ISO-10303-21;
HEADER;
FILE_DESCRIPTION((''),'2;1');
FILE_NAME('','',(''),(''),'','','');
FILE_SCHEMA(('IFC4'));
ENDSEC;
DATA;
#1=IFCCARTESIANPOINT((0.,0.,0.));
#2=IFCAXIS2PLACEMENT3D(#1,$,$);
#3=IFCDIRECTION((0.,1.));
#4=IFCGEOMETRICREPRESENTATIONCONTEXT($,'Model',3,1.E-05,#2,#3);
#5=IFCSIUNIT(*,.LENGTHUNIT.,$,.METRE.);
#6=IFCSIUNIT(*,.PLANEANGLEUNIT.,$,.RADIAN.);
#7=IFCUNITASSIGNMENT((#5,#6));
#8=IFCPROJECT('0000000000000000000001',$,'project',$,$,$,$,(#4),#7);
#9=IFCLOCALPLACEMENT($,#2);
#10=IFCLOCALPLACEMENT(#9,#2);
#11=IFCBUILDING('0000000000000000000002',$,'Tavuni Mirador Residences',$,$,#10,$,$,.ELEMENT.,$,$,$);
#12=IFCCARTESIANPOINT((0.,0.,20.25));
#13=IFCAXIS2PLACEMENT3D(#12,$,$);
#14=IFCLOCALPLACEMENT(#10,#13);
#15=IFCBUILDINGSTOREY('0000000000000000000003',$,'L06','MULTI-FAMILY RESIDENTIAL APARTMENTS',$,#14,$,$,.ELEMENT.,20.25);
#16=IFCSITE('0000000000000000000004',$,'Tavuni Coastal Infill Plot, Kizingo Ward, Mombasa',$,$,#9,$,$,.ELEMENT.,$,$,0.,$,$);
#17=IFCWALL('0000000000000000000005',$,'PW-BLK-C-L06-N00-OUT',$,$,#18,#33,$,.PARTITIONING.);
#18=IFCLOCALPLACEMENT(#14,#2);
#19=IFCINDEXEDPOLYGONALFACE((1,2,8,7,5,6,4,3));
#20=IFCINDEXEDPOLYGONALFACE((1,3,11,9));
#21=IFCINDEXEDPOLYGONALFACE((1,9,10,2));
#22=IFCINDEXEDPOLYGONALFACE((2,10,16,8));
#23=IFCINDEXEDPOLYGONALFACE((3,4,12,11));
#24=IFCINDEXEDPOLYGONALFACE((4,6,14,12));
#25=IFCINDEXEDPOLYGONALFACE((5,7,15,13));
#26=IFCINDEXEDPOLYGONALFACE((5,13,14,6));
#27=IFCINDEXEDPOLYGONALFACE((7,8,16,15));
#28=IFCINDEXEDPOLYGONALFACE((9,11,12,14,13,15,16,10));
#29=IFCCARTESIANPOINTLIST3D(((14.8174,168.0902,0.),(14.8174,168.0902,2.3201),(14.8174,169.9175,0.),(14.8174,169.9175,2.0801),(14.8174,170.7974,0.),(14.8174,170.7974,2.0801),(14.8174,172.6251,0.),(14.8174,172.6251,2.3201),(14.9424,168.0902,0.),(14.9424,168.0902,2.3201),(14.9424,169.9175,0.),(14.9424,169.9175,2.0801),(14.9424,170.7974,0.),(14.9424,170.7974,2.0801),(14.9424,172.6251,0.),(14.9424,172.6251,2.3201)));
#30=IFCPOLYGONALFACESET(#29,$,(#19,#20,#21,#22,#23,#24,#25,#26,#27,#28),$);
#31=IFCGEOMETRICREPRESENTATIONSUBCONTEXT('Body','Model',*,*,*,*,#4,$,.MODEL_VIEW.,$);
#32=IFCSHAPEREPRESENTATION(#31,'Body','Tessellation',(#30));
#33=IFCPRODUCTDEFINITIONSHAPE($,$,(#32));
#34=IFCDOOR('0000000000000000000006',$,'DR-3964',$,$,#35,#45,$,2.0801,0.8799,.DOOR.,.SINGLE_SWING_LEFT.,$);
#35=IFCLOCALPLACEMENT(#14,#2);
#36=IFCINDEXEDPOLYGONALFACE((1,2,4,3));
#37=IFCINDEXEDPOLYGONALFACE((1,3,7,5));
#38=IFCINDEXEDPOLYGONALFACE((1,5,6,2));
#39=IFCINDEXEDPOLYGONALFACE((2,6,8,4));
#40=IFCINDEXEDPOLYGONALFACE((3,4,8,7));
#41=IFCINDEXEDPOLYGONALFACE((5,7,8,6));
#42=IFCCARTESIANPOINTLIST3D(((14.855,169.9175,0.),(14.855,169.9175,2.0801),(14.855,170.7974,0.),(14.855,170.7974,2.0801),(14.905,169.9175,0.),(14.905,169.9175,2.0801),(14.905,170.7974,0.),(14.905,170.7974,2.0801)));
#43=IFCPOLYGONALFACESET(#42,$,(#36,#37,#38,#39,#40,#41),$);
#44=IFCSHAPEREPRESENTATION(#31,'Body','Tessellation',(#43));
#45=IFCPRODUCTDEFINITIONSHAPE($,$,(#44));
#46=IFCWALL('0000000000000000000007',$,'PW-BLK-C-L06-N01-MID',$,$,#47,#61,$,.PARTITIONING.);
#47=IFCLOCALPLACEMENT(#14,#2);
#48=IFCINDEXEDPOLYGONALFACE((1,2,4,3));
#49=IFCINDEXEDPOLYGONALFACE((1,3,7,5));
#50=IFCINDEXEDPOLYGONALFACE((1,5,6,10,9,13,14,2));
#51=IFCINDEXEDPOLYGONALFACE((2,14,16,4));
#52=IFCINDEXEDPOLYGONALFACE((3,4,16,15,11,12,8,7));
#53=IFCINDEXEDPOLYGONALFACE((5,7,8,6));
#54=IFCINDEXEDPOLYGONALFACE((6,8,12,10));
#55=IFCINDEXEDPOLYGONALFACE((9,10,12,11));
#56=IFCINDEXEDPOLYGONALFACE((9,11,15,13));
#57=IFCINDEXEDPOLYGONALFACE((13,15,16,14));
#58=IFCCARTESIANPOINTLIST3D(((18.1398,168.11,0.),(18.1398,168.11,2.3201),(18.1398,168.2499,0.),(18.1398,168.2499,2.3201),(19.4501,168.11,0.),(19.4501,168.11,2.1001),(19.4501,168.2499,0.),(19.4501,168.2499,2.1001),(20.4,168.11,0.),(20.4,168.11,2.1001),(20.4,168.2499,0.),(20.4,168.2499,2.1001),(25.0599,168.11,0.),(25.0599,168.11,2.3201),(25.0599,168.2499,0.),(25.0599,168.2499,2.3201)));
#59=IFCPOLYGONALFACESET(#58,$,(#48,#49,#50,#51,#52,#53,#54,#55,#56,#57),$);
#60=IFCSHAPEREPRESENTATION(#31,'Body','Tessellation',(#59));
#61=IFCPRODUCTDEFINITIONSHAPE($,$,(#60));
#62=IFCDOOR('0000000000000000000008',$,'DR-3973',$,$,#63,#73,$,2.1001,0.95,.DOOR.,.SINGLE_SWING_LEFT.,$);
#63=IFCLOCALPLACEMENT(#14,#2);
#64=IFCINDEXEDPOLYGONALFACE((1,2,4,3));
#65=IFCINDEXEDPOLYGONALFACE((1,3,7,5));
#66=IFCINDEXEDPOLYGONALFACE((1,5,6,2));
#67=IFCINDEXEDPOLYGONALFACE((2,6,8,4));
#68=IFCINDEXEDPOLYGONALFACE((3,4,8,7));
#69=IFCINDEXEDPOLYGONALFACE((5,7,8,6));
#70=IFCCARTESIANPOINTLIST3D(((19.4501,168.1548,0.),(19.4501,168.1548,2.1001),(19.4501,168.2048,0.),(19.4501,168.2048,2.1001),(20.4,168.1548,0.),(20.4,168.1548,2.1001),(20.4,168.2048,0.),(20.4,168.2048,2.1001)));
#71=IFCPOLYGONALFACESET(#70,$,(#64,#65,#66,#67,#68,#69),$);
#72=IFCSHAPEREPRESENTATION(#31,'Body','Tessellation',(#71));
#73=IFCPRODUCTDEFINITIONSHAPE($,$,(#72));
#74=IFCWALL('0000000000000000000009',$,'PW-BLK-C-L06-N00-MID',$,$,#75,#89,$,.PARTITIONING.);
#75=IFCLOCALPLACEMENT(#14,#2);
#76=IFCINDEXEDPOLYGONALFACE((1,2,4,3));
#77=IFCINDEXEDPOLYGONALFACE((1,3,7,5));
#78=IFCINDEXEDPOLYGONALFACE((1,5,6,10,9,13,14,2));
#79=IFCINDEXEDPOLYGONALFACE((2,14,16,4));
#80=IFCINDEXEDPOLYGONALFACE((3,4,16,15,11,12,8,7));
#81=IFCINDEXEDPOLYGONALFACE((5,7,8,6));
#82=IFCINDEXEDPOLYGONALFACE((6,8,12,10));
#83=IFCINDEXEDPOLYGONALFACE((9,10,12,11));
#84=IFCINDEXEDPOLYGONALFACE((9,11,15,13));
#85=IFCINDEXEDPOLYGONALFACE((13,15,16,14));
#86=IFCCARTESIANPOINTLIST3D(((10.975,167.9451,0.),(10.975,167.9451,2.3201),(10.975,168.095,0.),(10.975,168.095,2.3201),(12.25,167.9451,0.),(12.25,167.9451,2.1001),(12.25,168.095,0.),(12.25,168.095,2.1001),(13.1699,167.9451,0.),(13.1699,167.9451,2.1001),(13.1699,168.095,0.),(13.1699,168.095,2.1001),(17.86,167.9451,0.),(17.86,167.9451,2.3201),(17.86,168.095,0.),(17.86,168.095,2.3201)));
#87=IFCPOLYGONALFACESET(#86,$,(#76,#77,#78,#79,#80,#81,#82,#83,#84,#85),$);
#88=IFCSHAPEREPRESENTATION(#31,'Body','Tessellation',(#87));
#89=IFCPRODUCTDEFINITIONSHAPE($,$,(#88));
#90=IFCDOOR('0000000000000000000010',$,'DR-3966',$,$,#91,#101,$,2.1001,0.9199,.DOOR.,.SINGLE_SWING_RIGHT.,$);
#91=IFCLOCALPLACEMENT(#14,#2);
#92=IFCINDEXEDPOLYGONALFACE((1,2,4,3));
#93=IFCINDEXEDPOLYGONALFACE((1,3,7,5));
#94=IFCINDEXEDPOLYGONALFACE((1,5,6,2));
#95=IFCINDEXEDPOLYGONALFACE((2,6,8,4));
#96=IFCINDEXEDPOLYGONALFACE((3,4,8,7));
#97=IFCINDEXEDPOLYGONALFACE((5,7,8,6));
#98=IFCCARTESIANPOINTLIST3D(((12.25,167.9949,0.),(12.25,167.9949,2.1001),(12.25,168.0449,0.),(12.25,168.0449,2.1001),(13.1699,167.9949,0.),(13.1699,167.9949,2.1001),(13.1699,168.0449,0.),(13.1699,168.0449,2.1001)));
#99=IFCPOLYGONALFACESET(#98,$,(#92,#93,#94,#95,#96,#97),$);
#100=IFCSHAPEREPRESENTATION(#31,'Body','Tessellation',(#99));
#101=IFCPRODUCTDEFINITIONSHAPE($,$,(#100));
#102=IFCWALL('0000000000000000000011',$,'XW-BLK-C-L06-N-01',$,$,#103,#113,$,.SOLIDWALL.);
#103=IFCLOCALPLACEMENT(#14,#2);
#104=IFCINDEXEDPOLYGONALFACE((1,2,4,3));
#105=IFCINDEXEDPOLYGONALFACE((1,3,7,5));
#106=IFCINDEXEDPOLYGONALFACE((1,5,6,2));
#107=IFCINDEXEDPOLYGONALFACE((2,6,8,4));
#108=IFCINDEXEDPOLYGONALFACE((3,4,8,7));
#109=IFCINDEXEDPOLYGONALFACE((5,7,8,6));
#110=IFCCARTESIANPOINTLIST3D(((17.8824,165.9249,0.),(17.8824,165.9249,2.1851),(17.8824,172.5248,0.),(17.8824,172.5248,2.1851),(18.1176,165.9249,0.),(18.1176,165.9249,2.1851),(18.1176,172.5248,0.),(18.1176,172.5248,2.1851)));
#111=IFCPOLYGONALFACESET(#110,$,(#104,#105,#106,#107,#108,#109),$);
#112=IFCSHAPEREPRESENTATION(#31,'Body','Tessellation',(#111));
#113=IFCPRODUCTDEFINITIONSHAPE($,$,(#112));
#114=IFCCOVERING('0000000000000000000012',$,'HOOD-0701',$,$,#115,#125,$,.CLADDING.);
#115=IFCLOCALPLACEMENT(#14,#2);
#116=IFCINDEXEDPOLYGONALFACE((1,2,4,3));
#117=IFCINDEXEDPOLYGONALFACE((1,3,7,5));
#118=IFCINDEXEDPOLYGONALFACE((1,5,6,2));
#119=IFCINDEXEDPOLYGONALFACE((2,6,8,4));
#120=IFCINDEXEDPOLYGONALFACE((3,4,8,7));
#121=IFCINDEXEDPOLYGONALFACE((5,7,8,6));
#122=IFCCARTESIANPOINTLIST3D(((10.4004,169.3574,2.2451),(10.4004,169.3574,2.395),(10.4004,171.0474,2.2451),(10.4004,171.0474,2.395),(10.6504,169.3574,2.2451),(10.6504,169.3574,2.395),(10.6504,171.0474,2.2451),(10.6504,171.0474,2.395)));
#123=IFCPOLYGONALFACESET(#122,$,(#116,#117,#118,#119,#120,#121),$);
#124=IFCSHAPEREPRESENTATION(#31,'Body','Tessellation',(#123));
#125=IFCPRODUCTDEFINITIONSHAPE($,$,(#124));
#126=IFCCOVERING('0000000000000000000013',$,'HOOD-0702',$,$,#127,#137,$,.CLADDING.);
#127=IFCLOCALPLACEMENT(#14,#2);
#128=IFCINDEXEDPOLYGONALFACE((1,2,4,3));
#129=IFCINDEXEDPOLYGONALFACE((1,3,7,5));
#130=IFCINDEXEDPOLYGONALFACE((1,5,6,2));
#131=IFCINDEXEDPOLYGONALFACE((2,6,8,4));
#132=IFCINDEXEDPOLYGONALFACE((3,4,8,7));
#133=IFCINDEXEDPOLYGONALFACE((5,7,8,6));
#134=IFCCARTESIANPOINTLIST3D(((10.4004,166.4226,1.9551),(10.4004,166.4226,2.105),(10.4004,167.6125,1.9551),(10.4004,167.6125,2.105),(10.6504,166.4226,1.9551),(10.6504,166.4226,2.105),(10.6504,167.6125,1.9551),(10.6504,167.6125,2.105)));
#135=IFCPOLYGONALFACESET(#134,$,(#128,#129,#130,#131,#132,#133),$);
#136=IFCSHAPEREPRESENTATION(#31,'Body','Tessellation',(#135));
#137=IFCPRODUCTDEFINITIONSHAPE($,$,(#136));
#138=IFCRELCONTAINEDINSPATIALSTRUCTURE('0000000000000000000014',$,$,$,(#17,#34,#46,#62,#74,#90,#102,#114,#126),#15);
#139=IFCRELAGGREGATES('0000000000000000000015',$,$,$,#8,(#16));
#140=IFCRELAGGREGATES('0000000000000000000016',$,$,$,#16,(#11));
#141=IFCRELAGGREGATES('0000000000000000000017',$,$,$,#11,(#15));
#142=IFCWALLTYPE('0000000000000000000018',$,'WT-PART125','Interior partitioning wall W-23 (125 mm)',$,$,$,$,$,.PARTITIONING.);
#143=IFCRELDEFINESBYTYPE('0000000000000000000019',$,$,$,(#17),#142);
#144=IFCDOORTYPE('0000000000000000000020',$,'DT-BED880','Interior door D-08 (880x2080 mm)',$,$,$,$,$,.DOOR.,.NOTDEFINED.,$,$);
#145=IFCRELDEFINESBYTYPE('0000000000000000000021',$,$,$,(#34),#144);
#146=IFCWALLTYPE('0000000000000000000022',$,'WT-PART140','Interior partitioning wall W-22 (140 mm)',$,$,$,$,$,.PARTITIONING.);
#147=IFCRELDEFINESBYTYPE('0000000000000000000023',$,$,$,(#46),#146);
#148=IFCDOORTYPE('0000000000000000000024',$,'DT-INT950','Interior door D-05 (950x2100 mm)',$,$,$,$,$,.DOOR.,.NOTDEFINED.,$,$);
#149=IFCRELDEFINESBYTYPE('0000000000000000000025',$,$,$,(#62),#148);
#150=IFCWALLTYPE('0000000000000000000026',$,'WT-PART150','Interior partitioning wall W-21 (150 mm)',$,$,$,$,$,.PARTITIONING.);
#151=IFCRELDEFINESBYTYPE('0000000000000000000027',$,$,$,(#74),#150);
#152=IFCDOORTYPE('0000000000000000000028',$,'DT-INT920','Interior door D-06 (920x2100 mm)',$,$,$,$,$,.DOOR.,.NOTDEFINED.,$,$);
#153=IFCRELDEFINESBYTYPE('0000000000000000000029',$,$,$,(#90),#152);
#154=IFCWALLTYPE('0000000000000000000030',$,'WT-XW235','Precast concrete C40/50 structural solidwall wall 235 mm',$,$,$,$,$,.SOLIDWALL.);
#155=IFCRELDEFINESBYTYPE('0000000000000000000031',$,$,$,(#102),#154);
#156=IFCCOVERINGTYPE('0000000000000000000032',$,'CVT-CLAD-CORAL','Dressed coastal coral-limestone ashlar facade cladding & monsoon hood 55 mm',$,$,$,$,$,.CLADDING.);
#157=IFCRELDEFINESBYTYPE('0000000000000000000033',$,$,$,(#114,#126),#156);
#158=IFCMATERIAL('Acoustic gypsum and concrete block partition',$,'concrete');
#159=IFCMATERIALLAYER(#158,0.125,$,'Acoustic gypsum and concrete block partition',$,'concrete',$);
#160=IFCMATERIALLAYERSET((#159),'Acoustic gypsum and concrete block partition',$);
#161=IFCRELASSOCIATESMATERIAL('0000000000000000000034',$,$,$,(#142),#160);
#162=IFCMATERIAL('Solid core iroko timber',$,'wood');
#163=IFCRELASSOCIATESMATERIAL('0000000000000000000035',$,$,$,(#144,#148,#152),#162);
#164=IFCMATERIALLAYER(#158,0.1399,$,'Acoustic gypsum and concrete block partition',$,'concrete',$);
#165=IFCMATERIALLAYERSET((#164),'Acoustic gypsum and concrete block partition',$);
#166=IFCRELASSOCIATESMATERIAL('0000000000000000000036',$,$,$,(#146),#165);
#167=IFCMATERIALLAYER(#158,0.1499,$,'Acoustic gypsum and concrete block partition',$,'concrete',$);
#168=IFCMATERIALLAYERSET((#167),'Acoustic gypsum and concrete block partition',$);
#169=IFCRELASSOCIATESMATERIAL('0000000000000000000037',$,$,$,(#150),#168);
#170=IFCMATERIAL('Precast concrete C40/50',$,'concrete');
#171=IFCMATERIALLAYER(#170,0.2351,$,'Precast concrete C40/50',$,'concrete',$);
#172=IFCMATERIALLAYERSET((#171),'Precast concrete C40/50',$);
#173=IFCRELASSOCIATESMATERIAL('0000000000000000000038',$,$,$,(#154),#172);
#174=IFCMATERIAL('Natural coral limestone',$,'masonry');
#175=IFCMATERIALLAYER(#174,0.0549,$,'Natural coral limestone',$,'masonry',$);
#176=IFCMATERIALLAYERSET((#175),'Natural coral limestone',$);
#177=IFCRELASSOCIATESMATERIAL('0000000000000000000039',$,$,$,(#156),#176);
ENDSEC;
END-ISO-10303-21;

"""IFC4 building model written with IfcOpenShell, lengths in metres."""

from ifc_helpers import new_model, si_unit, direction, frame, frame_2d, origin, origin_2d, place, context, subcontext, project, spatial, rectangle, extrude, material, layer, layer_set, type_object, element, fill, save


model = new_model("IFC4")

# Units and contexts
model_context = context("Model", 3, precision=1e-05, world=origin(), true_north=direction((0.0, 1.0)))
body_context = subcontext(model_context, "Body", "Model", "MODEL_VIEW")
ifc_project = project(units=[si_unit("LENGTHUNIT", "METRE"), si_unit("PLANEANGLEUNIT", "RADIAN")], contexts=[model_context])

# Site, building, storey
site_placement = place(None, origin())
site = spatial("IfcSite", under=ifc_project, at=site_placement, Name="Tavuni Coastal Infill Plot, Kizingo Ward, Mombasa", CompositionType="ELEMENT", RefElevation=0.0)
building_placement = place(site_placement, origin())
building = spatial("IfcBuilding", under=site, at=building_placement, Name="Tavuni Mirador Residences", CompositionType="ELEMENT")
storey_placement = place(building_placement, frame((0.0, 0.0, 20.25)))
storey = spatial("IfcBuildingStorey", under=building, at=storey_placement, Name="L06", Description="MULTI-FAMILY RESIDENTIAL APARTMENTS", CompositionType="ELEMENT", Elevation=20.25)

# Shared definitions
ifc_material_1 = material(Name="Precast concrete C40/50", Category="concrete")

# Shared definitions
ifc_material_2 = material(Name="Solid core iroko timber", Category="wood")

# Walls, openings, doors
ifc_material_3 = material(Name="Acoustic gypsum and concrete block partition", Category="concrete")
ifc_layer_1 = layer(ifc_material_3, 0.125, Name="Acoustic gypsum and concrete block partition", Category="concrete")
ifc_layer_set_1 = layer_set([ifc_layer_1], Name="Acoustic gypsum and concrete block partition")
wall_type_1 = type_object("IfcWallType", Name="WT-PART125", Description="Interior partitioning wall W-23 (125 mm)", PredefinedType="PARTITIONING", material=ifc_layer_set_1)
wall_1_placement = place(storey_placement, frame((14.8799, 168.0901, 0.0), z_axis=(0.0, 0.0, 1.0), x_axis=(0.0, 1.0, 0.0)))
wall_1 = element("IfcWall", 1, at=wall_1_placement, inside=storey, type_object=wall_type_1, Name="PW-BLK-C-L06-N00-OUT", PredefinedType="PARTITIONING", context=body_context, shape_type="SweptSolid", body=[
    extrude(rectangle(XDim=4.5349, YDim=0.125, at=frame_2d((2.2676, 0.0))), origin(), (0.0, 0.0, 1.0), 2.3201),
])
opening_1_placement = place(wall_1_placement, frame((1.8274, 0.0, 0.0)))
opening_1 = element("IfcOpeningElement", 2, at=opening_1_placement, cuts=wall_1, PredefinedType="OPENING", context=body_context, shape_type="SweptSolid", body=[
    extrude(rectangle(XDim=0.8799, YDim=2.0801, at=frame_2d((0.4399, 1.04))), frame((0.0, 0.0725, 0.0), z_axis=(0.0, -1.0, 0.0), x_axis=(1.0, 0.0, 0.0)), (0.0, 0.0, 1.0), 0.145),
])
door_type_1 = type_object("IfcDoorType", Name="DT-BED880", Description="Interior door D-08 (880x2080 mm)", OperationType="NOTDEFINED", PredefinedType="DOOR", material=ifc_material_2)
door_1_placement = place(opening_1_placement, origin())
door_1 = element("IfcDoor", 3, at=door_1_placement, inside=storey, type_object=door_type_1, Name="DR-3964", OperationType="SINGLE_SWING_LEFT", OverallHeight=2.0801, OverallWidth=0.8799, PredefinedType="DOOR", context=body_context, shape_type="SweptSolid", body=[
    extrude(rectangle(XDim=0.8799, YDim=2.0801, at=frame_2d((0.4399, 1.04))), frame((0.0, 0.0249, 0.0), z_axis=(0.0, -1.0, 0.0), x_axis=(1.0, 0.0, 0.0)), (0.0, 0.0, 1.0), 0.05),
])
fill(opening_1, door_1)
ifc_layer_2 = layer(ifc_material_3, 0.1399, Name="Acoustic gypsum and concrete block partition", Category="concrete")
ifc_layer_set_2 = layer_set([ifc_layer_2], Name="Acoustic gypsum and concrete block partition")
wall_type_2 = type_object("IfcWallType", Name="WT-PART140", Description="Interior partitioning wall W-22 (140 mm)", PredefinedType="PARTITIONING", material=ifc_layer_set_2)
wall_2_placement = place(storey_placement, frame((18.1399, 168.1799, 0.0), z_axis=(0.0, 0.0, 1.0), x_axis=(1.0, 0.0, 0.0)))
wall_2 = element("IfcWall", 4, at=wall_2_placement, inside=storey, type_object=wall_type_2, Name="PW-BLK-C-L06-N01-MID", PredefinedType="PARTITIONING", context=body_context, shape_type="SweptSolid", body=[
    extrude(rectangle(XDim=6.9202, YDim=0.1399, at=frame_2d((3.46, 0.0))), origin(), (0.0, 0.0, 1.0), 2.3201),
])
opening_2_placement = place(wall_2_placement, frame((1.3101, 0.0, 0.0)))
opening_2 = element("IfcOpeningElement", 5, at=opening_2_placement, cuts=wall_2, PredefinedType="OPENING", context=body_context, shape_type="SweptSolid", body=[
    extrude(rectangle(XDim=0.95, YDim=2.1001, at=frame_2d((0.4751, 1.05))), frame((0.0, 0.0801, 0.0), z_axis=(0.0, -1.0, 0.0), x_axis=(1.0, 0.0, 0.0)), (0.0, 0.0, 1.0), 0.1599),
])
door_type_2 = type_object("IfcDoorType", Name="DT-INT950", Description="Interior door D-05 (950x2100 mm)", OperationType="NOTDEFINED", PredefinedType="DOOR", material=ifc_material_2)
door_2_placement = place(opening_2_placement, origin())
door_2 = element("IfcDoor", 6, at=door_2_placement, inside=storey, type_object=door_type_2, Name="DR-3973", OperationType="SINGLE_SWING_LEFT", OverallHeight=2.1001, OverallWidth=0.95, PredefinedType="DOOR", context=body_context, shape_type="SweptSolid", body=[
    extrude(rectangle(XDim=0.95, YDim=2.1001, at=frame_2d((0.4751, 1.05))), frame((0.0, 0.0249, 0.0), z_axis=(0.0, -1.0, 0.0), x_axis=(1.0, 0.0, 0.0)), (0.0, 0.0, 1.0), 0.05),
])
fill(opening_2, door_2)
ifc_layer_3 = layer(ifc_material_3, 0.1499, Name="Acoustic gypsum and concrete block partition", Category="concrete")
ifc_layer_set_3 = layer_set([ifc_layer_3], Name="Acoustic gypsum and concrete block partition")
wall_type_3 = type_object("IfcWallType", Name="WT-PART150", Description="Interior partitioning wall W-21 (150 mm)", PredefinedType="PARTITIONING", material=ifc_layer_set_3)
wall_3_placement = place(storey_placement, frame((10.9751, 168.02, 0.0), z_axis=(0.0, 0.0, 1.0), x_axis=(1.0, 0.0, 0.0)))
wall_3 = element("IfcWall", 7, at=wall_3_placement, inside=storey, type_object=wall_type_3, Name="PW-BLK-C-L06-N00-MID", PredefinedType="PARTITIONING", context=body_context, shape_type="SweptSolid", body=[
    extrude(rectangle(XDim=6.885, YDim=0.1499, at=frame_2d((3.4424, 0.0))), origin(), (0.0, 0.0, 1.0), 2.3201),
])
opening_3_placement = place(wall_3_placement, frame((1.2749, 0.0, 0.0)))
opening_3 = element("IfcOpeningElement", 8, at=opening_3_placement, cuts=wall_3, PredefinedType="OPENING", context=body_context, shape_type="SweptSolid", body=[
    extrude(rectangle(XDim=0.9199, YDim=2.1001, at=frame_2d((0.46, 1.05))), frame((0.0, 0.085, 0.0), z_axis=(0.0, -1.0, 0.0), x_axis=(1.0, 0.0, 0.0)), (0.0, 0.0, 1.0), 0.1699),
])
door_type_3 = type_object("IfcDoorType", Name="DT-INT920", Description="Interior door D-06 (920x2100 mm)", OperationType="NOTDEFINED", PredefinedType="DOOR", material=ifc_material_2)
door_3_placement = place(opening_3_placement, origin())
door_3 = element("IfcDoor", 9, at=door_3_placement, inside=storey, type_object=door_type_3, Name="DR-3966", OperationType="SINGLE_SWING_RIGHT", OverallHeight=2.1001, OverallWidth=0.9199, PredefinedType="DOOR", context=body_context, shape_type="SweptSolid", body=[
    extrude(rectangle(XDim=0.9199, YDim=2.1001, at=frame_2d((0.46, 1.05))), frame((0.0, 0.0249, 0.0), z_axis=(0.0, -1.0, 0.0), x_axis=(1.0, 0.0, 0.0)), (0.0, 0.0, 1.0), 0.05),
])
fill(opening_3, door_3)

# Wall
ifc_layer_4 = layer(ifc_material_1, 0.2351, Name="Precast concrete C40/50", Category="concrete")
ifc_layer_set_4 = layer_set([ifc_layer_4], Name="Precast concrete C40/50")
wall_type_4 = type_object("IfcWallType", Name="WT-XW235", Description="Precast concrete C40/50 structural solidwall wall 235 mm", PredefinedType="SOLIDWALL", material=ifc_layer_set_4)
wall_4_placement = place(storey_placement, frame((18.0, 165.925, 0.0), z_axis=(0.0, 0.0, 1.0), x_axis=(0.0, 1.0, 0.0)))
element("IfcWall", 10, at=wall_4_placement, inside=storey, type_object=wall_type_4, Name="XW-BLK-C-L06-N-01", PredefinedType="SOLIDWALL", context=body_context, shape_type="SweptSolid", body=[
    extrude(rectangle(XDim=6.5999, YDim=0.2351, at=frame_2d((3.2998, 0.0))), origin(), (0.0, 0.0, 1.0), 2.1851),
])

# Coverings
ifc_material_4 = material(Name="Natural coral limestone", Category="masonry")
ifc_layer_5 = layer(ifc_material_4, 0.0549, Name="Natural coral limestone", Category="masonry")
ifc_layer_set_5 = layer_set([ifc_layer_5], Name="Natural coral limestone")
covering_type = type_object("IfcCoveringType", Name="CVT-CLAD-CORAL", Description="Dressed coastal coral-limestone ashlar facade cladding & monsoon hood 55 mm", PredefinedType="CLADDING", material=ifc_layer_set_5)
covering_1_placement = place(storey_placement, frame((10.5254, 170.2024, 2.2451), z_axis=(0.0, 0.0, 1.0), x_axis=(0.0, -1.0, 0.0)))
element("IfcCovering", 11, at=covering_1_placement, inside=storey, type_object=covering_type, Name="HOOD-0701", PredefinedType="CLADDING", context=body_context, shape_type="SweptSolid", body=[
    extrude(rectangle(XDim=1.6899, YDim=0.25, at=origin_2d()), origin(), (0.0, 0.0, 1.0), 0.1499),
])
covering_2_placement = place(storey_placement, frame((10.5254, 167.0176, 1.9551), z_axis=(0.0, 0.0, 1.0), x_axis=(0.0, -1.0, 0.0)))
element("IfcCovering", 12, at=covering_2_placement, inside=storey, type_object=covering_type, Name="HOOD-0702", PredefinedType="CLADDING", context=body_context, shape_type="SweptSolid", body=[
    extrude(rectangle(XDim=1.1899, YDim=0.25, at=origin_2d()), origin(), (0.0, 0.0, 1.0), 0.1499),
])

save(model, "model.ifc")
